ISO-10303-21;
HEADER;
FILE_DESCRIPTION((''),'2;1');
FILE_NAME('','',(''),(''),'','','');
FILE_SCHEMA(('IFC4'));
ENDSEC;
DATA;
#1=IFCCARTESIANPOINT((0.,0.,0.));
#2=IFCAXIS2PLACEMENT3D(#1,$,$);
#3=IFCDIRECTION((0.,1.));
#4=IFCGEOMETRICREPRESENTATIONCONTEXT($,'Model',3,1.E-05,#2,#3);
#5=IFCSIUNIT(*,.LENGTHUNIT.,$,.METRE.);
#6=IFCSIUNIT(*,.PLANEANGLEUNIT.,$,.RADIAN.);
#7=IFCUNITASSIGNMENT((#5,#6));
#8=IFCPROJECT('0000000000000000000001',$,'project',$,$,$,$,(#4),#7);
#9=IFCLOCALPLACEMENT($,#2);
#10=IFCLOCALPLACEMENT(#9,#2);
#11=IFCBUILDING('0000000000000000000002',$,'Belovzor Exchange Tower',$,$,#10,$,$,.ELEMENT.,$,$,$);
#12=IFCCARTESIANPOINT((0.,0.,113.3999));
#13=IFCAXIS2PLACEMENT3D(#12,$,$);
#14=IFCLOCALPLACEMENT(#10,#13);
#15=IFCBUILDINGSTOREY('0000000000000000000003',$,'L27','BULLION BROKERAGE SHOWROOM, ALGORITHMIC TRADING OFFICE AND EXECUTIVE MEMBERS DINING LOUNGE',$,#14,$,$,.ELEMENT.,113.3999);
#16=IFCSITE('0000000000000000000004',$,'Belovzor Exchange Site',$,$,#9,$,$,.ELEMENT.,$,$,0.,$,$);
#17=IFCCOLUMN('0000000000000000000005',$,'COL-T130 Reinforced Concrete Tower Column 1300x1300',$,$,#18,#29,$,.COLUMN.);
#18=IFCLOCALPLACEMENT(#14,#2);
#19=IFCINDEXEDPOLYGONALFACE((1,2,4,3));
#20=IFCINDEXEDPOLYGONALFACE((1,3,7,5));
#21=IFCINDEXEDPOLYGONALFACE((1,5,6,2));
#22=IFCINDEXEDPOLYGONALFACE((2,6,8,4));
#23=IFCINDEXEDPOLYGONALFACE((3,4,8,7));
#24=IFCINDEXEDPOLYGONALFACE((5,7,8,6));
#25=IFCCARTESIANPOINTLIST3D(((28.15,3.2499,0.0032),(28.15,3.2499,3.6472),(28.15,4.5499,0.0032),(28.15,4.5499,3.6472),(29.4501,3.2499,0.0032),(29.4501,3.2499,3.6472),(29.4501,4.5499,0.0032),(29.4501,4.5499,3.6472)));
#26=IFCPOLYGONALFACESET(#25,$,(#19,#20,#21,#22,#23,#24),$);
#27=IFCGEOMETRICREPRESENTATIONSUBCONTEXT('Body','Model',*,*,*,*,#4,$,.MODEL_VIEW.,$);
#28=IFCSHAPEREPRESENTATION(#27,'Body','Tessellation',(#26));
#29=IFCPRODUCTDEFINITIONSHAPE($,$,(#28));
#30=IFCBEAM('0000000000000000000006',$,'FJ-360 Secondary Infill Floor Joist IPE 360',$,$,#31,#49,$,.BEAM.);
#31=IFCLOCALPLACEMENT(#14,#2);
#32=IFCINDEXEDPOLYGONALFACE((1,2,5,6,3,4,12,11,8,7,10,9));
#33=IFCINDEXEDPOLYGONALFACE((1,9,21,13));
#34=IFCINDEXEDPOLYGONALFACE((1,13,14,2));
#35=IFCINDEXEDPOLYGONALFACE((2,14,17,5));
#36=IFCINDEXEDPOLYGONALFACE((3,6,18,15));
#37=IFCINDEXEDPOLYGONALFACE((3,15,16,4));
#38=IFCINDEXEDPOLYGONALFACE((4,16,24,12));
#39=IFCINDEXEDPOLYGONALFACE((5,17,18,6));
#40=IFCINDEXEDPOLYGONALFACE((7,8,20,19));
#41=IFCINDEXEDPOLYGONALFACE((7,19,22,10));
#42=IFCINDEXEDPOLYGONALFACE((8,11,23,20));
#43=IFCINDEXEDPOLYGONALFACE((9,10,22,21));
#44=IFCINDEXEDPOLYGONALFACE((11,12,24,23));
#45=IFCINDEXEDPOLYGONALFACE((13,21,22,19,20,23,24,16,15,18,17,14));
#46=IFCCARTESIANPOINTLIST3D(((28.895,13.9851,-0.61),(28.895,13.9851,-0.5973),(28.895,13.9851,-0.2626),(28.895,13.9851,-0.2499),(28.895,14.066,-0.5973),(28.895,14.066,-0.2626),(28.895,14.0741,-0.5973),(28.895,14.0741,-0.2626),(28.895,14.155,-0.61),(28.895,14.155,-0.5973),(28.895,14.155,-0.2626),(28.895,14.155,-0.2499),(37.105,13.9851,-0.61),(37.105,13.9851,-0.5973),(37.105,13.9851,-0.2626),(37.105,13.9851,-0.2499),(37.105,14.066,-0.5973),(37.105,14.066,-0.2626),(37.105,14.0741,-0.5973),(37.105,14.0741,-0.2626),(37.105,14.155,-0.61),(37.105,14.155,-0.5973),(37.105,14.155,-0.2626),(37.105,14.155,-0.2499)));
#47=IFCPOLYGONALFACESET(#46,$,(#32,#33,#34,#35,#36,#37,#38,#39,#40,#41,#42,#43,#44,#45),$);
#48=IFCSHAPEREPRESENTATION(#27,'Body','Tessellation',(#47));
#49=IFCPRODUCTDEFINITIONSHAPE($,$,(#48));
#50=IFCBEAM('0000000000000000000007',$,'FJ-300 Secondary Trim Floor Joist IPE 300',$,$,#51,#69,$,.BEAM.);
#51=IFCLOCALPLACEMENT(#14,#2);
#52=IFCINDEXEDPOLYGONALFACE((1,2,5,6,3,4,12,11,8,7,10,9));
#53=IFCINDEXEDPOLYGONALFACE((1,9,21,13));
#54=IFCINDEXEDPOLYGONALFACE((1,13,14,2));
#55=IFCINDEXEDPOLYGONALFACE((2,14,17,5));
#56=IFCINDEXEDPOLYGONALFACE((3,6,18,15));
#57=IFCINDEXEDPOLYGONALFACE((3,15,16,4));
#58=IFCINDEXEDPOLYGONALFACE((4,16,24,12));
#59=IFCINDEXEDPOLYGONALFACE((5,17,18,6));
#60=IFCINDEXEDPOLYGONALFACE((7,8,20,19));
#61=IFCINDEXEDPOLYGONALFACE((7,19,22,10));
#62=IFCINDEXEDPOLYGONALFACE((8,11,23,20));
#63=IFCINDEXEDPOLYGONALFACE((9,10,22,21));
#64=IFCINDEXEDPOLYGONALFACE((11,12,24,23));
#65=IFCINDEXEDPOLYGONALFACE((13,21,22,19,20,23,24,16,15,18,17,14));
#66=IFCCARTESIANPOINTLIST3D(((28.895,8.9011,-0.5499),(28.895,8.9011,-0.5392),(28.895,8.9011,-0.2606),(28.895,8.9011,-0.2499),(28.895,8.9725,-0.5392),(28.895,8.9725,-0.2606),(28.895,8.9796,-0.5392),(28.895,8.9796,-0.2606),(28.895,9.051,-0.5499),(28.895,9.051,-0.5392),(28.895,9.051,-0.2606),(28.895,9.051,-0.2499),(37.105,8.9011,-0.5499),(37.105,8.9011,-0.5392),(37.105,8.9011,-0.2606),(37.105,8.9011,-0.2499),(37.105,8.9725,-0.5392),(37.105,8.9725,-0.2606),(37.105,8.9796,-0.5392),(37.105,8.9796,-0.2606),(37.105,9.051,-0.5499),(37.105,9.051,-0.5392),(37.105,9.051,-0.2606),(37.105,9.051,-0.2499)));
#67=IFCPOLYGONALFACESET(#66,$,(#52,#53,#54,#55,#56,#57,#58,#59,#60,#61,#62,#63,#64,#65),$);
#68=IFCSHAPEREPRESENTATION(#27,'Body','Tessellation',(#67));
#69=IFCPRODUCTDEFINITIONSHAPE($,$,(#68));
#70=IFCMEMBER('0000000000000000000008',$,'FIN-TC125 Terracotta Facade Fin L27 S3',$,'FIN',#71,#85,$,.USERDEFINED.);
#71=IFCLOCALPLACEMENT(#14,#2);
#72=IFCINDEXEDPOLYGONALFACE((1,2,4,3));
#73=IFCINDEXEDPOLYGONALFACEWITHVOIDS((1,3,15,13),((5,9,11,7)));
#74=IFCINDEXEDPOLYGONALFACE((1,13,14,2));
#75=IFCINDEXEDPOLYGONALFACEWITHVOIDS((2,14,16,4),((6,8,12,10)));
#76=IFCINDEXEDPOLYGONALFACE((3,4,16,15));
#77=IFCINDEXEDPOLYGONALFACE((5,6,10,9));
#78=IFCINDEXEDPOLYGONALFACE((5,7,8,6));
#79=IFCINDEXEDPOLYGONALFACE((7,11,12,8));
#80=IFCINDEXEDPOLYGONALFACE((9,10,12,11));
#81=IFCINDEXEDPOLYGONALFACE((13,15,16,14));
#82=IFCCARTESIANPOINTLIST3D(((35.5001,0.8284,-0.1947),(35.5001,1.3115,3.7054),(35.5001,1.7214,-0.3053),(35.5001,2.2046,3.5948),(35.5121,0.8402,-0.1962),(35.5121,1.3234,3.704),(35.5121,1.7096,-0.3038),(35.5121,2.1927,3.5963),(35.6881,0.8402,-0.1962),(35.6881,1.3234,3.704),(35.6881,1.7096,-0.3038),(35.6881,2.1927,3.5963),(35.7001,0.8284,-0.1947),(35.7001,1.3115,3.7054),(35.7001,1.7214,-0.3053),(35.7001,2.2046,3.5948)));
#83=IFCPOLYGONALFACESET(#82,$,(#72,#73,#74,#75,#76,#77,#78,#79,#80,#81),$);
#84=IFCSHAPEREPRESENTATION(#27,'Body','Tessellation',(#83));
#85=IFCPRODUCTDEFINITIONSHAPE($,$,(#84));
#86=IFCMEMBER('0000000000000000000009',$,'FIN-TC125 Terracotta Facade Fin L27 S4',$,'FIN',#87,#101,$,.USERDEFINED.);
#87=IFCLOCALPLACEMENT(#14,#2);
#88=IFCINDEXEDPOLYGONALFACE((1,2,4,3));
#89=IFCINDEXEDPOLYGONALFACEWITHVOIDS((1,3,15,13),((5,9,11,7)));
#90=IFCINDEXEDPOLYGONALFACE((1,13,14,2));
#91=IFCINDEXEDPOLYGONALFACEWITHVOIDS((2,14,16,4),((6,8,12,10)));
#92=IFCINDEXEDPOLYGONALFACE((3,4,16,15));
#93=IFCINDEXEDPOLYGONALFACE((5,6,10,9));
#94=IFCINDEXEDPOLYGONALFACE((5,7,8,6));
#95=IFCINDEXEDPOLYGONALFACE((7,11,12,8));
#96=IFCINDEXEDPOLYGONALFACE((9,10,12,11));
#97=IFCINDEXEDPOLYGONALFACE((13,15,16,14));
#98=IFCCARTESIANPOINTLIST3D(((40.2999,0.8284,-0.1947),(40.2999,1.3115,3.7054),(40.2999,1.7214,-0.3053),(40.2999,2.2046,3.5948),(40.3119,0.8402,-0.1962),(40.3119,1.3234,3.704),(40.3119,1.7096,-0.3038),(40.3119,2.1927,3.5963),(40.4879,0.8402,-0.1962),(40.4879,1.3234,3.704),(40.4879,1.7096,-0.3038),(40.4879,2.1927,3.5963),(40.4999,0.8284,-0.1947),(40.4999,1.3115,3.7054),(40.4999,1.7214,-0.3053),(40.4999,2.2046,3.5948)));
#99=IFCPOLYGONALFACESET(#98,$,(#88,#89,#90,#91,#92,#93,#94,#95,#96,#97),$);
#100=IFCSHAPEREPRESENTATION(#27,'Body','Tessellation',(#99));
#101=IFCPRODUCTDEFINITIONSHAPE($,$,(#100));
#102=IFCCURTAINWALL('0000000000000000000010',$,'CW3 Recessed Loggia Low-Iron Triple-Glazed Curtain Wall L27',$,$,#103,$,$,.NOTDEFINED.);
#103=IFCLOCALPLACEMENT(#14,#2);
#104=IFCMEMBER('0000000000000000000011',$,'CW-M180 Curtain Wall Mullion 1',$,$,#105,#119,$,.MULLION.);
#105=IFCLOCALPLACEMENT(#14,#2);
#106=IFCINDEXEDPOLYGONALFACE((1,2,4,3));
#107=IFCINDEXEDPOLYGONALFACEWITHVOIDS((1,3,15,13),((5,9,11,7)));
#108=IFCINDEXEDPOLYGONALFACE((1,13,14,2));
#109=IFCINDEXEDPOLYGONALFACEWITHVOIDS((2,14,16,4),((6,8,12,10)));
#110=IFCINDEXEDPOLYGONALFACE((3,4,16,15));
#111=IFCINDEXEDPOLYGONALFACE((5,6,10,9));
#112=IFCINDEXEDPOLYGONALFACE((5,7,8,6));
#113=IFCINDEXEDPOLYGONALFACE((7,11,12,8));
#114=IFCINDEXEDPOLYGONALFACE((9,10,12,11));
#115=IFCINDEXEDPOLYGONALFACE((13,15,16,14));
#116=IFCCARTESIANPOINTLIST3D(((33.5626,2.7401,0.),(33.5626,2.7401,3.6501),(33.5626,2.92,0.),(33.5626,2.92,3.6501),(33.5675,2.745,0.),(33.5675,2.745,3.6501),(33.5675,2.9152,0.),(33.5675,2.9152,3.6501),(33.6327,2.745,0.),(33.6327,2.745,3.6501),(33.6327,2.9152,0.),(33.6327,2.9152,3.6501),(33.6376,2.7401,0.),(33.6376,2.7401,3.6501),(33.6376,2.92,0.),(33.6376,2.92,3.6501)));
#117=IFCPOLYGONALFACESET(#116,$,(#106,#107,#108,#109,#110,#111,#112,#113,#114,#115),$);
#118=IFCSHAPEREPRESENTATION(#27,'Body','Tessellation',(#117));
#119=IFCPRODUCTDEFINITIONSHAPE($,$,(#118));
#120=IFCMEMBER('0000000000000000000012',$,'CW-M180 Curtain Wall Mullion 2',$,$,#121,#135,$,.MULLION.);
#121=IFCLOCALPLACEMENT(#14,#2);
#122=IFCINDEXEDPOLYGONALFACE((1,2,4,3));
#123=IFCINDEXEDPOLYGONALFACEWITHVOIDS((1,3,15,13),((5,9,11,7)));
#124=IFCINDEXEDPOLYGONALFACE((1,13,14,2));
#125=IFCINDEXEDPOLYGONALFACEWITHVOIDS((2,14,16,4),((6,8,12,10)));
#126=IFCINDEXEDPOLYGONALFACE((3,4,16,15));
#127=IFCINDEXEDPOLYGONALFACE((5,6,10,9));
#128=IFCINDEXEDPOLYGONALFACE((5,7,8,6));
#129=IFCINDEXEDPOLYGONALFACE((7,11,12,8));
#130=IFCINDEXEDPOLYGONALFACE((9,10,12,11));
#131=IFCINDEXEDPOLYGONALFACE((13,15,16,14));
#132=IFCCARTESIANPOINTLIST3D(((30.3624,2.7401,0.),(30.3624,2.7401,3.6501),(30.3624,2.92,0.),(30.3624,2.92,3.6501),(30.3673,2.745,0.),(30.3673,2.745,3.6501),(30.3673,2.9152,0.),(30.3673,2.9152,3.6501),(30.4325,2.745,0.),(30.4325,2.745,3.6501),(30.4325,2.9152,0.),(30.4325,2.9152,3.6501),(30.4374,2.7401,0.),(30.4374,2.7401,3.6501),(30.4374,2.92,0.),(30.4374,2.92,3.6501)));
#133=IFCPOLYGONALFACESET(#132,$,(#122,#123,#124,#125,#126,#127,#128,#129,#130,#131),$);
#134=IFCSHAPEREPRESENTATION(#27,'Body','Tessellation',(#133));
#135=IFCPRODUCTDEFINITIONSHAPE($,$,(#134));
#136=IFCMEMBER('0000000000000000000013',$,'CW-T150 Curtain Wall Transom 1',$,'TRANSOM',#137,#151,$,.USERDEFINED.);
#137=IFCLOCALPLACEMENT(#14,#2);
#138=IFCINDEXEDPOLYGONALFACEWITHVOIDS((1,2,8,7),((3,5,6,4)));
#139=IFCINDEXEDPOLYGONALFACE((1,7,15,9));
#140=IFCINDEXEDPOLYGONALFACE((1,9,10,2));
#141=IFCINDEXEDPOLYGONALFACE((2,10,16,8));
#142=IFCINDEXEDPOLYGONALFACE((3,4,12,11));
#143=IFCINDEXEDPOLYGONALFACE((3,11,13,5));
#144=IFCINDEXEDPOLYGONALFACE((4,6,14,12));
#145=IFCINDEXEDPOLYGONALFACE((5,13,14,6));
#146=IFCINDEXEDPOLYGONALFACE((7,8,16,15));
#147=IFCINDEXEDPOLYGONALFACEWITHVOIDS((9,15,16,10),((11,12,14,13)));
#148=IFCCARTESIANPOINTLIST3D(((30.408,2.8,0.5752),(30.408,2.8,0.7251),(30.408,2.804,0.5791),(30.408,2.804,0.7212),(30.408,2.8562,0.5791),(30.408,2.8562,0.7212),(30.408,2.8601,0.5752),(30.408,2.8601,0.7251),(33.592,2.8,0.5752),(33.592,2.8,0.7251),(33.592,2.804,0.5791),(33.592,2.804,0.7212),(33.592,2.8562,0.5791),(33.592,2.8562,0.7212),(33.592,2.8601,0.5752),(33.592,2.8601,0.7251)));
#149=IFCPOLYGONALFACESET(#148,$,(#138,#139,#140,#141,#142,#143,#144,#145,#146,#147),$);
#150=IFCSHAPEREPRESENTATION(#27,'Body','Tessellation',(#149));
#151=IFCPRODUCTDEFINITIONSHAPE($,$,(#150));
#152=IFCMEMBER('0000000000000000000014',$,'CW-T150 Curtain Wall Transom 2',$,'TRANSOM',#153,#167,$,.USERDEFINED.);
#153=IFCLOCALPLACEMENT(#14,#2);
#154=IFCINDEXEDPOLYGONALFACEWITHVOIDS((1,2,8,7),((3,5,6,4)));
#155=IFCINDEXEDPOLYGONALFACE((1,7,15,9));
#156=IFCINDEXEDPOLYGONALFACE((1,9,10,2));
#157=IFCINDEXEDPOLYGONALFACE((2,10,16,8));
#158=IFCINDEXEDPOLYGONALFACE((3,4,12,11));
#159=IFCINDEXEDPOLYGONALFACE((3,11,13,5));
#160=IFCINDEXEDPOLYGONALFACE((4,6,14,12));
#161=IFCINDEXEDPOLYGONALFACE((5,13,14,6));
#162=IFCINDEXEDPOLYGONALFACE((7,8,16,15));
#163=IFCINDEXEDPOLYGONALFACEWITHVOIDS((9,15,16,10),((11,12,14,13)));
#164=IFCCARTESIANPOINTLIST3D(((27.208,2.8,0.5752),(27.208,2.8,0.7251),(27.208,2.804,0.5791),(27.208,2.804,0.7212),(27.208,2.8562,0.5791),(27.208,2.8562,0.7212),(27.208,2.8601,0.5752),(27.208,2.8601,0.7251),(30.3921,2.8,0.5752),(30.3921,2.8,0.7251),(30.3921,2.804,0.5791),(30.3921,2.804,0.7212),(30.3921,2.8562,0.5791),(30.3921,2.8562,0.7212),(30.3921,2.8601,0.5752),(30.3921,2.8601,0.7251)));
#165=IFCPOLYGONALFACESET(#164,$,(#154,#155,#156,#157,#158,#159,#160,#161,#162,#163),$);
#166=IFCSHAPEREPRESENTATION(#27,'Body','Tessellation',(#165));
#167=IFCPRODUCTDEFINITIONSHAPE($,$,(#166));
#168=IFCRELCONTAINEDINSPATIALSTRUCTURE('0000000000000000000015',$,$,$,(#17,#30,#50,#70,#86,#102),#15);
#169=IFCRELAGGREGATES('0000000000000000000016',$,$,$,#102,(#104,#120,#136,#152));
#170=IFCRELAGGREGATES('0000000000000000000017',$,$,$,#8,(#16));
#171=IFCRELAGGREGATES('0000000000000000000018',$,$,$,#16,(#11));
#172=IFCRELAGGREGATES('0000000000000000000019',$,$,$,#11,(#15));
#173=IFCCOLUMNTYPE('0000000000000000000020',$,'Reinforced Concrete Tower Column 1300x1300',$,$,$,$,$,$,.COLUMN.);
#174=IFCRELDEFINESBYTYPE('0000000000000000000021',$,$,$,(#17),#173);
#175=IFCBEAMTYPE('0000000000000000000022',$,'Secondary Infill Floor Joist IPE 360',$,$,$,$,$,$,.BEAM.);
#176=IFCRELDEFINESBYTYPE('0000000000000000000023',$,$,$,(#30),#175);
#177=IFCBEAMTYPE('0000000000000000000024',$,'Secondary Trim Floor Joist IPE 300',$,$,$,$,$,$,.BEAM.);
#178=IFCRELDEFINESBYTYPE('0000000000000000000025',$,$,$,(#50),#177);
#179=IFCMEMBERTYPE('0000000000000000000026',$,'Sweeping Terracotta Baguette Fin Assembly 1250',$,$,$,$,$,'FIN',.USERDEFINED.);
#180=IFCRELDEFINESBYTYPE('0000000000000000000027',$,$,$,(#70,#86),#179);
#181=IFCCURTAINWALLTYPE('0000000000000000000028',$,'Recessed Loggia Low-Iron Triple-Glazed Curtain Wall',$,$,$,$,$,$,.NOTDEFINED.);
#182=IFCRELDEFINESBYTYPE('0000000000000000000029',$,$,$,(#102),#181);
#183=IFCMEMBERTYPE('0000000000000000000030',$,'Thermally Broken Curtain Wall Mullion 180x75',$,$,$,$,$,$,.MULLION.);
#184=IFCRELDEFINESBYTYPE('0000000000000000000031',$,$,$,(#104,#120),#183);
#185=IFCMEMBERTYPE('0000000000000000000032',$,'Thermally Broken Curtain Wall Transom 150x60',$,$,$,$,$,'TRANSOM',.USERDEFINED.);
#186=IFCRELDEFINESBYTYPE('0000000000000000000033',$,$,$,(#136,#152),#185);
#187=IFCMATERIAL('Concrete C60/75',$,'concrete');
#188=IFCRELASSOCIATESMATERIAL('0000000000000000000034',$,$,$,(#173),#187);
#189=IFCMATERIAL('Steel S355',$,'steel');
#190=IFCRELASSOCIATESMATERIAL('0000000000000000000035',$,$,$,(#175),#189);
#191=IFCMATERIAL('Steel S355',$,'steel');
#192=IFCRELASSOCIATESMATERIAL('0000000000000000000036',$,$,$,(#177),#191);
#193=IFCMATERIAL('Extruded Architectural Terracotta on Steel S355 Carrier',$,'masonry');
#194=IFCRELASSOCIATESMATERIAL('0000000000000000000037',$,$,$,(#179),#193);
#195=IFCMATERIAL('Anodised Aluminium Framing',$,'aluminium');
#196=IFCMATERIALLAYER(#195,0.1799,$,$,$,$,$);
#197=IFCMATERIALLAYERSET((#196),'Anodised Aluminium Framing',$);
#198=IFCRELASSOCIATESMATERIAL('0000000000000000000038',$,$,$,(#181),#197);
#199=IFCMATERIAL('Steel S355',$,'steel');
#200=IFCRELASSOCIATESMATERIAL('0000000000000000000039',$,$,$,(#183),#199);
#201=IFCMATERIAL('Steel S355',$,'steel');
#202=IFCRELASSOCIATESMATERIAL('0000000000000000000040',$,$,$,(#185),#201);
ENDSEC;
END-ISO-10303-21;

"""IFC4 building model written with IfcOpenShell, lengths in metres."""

from ifc_helpers import new_model, si_unit, direction, frame, origin, origin_2d, place, context, subcontext, project, spatial, rectangle, hollow_rectangle, i_section, extrude, material, layer, layer_set, material_profile, profile_set, type_object, element, aggregate, save


model = new_model("IFC4")

# Units and contexts
model_context = context("Model", 3, precision=1e-05, world=origin(), true_north=direction((0.0, 1.0)))
body_context = subcontext(model_context, "Body", "Model", "MODEL_VIEW")
ifc_project = project(units=[si_unit("LENGTHUNIT", "METRE"), si_unit("PLANEANGLEUNIT", "RADIAN")], contexts=[model_context])

# Site, building, storey
site_placement = place(None, origin())
site = spatial("IfcSite", under=ifc_project, at=site_placement, Name="Belovzor Exchange Site", CompositionType="ELEMENT", RefElevation=0.0)
building_placement = place(site_placement, origin())
building = spatial("IfcBuilding", under=site, at=building_placement, Name="Belovzor Exchange Tower", CompositionType="ELEMENT")
storey_placement = place(building_placement, frame((0.0, 0.0, 113.3999)))
storey = spatial("IfcBuildingStorey", under=building, at=storey_placement, Name="L27", Description="BULLION BROKERAGE SHOWROOM, ALGORITHMIC TRADING OFFICE AND EXECUTIVE MEMBERS DINING LOUNGE", CompositionType="ELEMENT", Elevation=113.3999)

# Column
ifc_material_1 = material(Name="Concrete C60/75", Category="concrete")
ifc_material_profile_1 = material_profile(ifc_material_1, rectangle(XDim=1.3, YDim=1.3, at=origin_2d()))
ifc_profile_set_1 = profile_set([ifc_material_profile_1], Name="Concrete C60/75")
column_type = type_object("IfcColumnType", Name="Reinforced Concrete Tower Column 1300x1300", PredefinedType="COLUMN", material=ifc_profile_set_1)
column_placement = place(storey_placement, frame((28.8, 3.8999, 0.0032), z_axis=(0.0, 0.0, 1.0), x_axis=(1.0, 0.0, 0.0)))
element("IfcColumn", 1, at=column_placement, inside=storey, type_object=column_type, Name="COL-T130 Reinforced Concrete Tower Column 1300x1300", PredefinedType="COLUMN", context=body_context, shape_type="SweptSolid", body=[
    extrude(rectangle(XDim=1.3, YDim=1.3, at=origin_2d()), origin(), (0.0, 0.0, 1.0), 3.644),
])

# Beams
ifc_material_2 = material(Name="Steel S355", Category="steel")
ifc_material_profile_2 = material_profile(ifc_material_2, i_section(OverallWidth=0.1699, OverallDepth=0.3601, WebThickness=0.0081, FlangeThickness=0.0127, at=origin_2d()))
ifc_profile_set_2 = profile_set([ifc_material_profile_2], Name="Steel S355")
beam_type_1 = type_object("IfcBeamType", Name="Secondary Infill Floor Joist IPE 360", PredefinedType="BEAM", material=ifc_profile_set_2)
beam_1_placement = place(storey_placement, frame((28.895, 14.0701, -0.4299), z_axis=(1.0, 0.0, 0.0), x_axis=(0.0, 1.0, 0.0)))
element("IfcBeam", 2, at=beam_1_placement, inside=storey, type_object=beam_type_1, Name="FJ-360 Secondary Infill Floor Joist IPE 360", PredefinedType="BEAM", context=body_context, shape_type="SweptSolid", body=[
    extrude(i_section(OverallWidth=0.1699, OverallDepth=0.3601, WebThickness=0.0081, FlangeThickness=0.0127, at=origin_2d()), origin(), (0.0, 0.0, 1.0), 8.21),
])
ifc_material_3 = material(Name="Steel S355", Category="steel")
ifc_material_profile_3 = material_profile(ifc_material_3, i_section(OverallWidth=0.1499, OverallDepth=0.3, WebThickness=0.0071, FlangeThickness=0.0107, at=origin_2d()))
ifc_profile_set_3 = profile_set([ifc_material_profile_3], Name="Steel S355")
beam_type_2 = type_object("IfcBeamType", Name="Secondary Trim Floor Joist IPE 300", PredefinedType="BEAM", material=ifc_profile_set_3)
beam_2_placement = place(storey_placement, frame((28.895, 8.9761, -0.3999), z_axis=(1.0, 0.0, 0.0), x_axis=(0.0, 1.0, 0.0)))
element("IfcBeam", 3, at=beam_2_placement, inside=storey, type_object=beam_type_2, Name="FJ-300 Secondary Trim Floor Joist IPE 300", PredefinedType="BEAM", context=body_context, shape_type="SweptSolid", body=[
    extrude(i_section(OverallWidth=0.1499, OverallDepth=0.3, WebThickness=0.0071, FlangeThickness=0.0107, at=origin_2d()), origin(), (0.0, 0.0, 1.0), 8.21),
])

# Members
ifc_material_4 = material(Name="Extruded Architectural Terracotta on Steel S355 Carrier", Category="masonry")
ifc_material_profile_4 = material_profile(ifc_material_4, hollow_rectangle(XDim=0.2, YDim=0.8999, WallThickness=0.012, at=origin_2d()))
ifc_profile_set_4 = profile_set([ifc_material_profile_4], Name="Extruded Architectural Terracotta on Steel S355 Carrier")
member_type_1 = type_object("IfcMemberType", Name="Sweeping Terracotta Baguette Fin Assembly 1250", ElementType="FIN", PredefinedType="USERDEFINED", material=ifc_profile_set_4)
for number, where, z_axis, x_axis, name in (
    (4, (35.6001, 1.2749, -0.25), (0.0, 0.122941, 0.992414), (-1.0, 0.0, 0.0), "FIN-TC125 Terracotta Facade Fin L27 S3"),
    (5, (40.3999, 1.2749, -0.25), (0.0, 0.122941, 0.992414), (-1.0, 0.0, 0.0), "FIN-TC125 Terracotta Facade Fin L27 S4"),
):
    element("IfcMember", number, at=place(storey_placement, frame(where, z_axis=z_axis, x_axis=x_axis)), inside=storey, type_object=member_type_1, Name=name, ObjectType="FIN", PredefinedType="USERDEFINED", context=body_context, shape_type="SweptSolid", body=[
        extrude(hollow_rectangle(XDim=0.2, YDim=0.8999, WallThickness=0.012, at=origin_2d()), origin(), (0.0, 0.0, 1.0), 3.9299),
    ])

# Curtain wall, members
ifc_material_5 = material(Name="Anodised Aluminium Framing", Category="aluminium")
ifc_layer_1 = layer(ifc_material_5, 0.1799)
ifc_layer_set_1 = layer_set([ifc_layer_1], Name="Anodised Aluminium Framing")
curtain_wall_type = type_object("IfcCurtainWallType", Name="Recessed Loggia Low-Iron Triple-Glazed Curtain Wall", PredefinedType="NOTDEFINED", material=ifc_layer_set_1)
curtain_wall_placement = place(storey_placement, origin())
curtain_wall = element("IfcCurtainWall", 6, at=curtain_wall_placement, inside=storey, type_object=curtain_wall_type, Name="CW3 Recessed Loggia Low-Iron Triple-Glazed Curtain Wall L27", PredefinedType="NOTDEFINED")
ifc_material_6 = material(Name="Steel S355", Category="steel")
ifc_material_profile_5 = material_profile(ifc_material_6, hollow_rectangle(XDim=0.075, YDim=0.1799, WallThickness=0.0049, at=origin_2d()))
ifc_profile_set_5 = profile_set([ifc_material_profile_5], Name="Steel S355")
member_type_2 = type_object("IfcMemberType", Name="Thermally Broken Curtain Wall Mullion 180x75", PredefinedType="MULLION", material=ifc_profile_set_5)
member_1_placement = place(storey_placement, frame((33.6001, 2.8301, 0.0), z_axis=(0.0, 0.0, 1.0), x_axis=(-1.0, 0.0, 0.0)))
member_1 = element("IfcMember", 7, at=member_1_placement, type_object=member_type_2, Name="CW-M180 Curtain Wall Mullion 1", PredefinedType="MULLION", context=body_context, shape_type="SweptSolid", body=[
    extrude(hollow_rectangle(XDim=0.075, YDim=0.1799, WallThickness=0.0049, at=origin_2d()), origin(), (0.0, 0.0, 1.0), 3.6501),
])
member_2_placement = place(storey_placement, frame((30.3999, 2.8301, 0.0), z_axis=(0.0, 0.0, 1.0), x_axis=(-1.0, 0.0, 0.0)))
member_2 = element("IfcMember", 8, at=member_2_placement, type_object=member_type_2, Name="CW-M180 Curtain Wall Mullion 2", PredefinedType="MULLION", context=body_context, shape_type="SweptSolid", body=[
    extrude(hollow_rectangle(XDim=0.075, YDim=0.1799, WallThickness=0.0049, at=origin_2d()), origin(), (0.0, 0.0, 1.0), 3.6501),
])
ifc_material_7 = material(Name="Steel S355", Category="steel")
ifc_material_profile_6 = material_profile(ifc_material_7, hollow_rectangle(XDim=0.0601, YDim=0.1499, WallThickness=0.0039, at=origin_2d()))
ifc_profile_set_6 = profile_set([ifc_material_profile_6], Name="Steel S355")
member_type_3 = type_object("IfcMemberType", Name="Thermally Broken Curtain Wall Transom 150x60", ElementType="TRANSOM", PredefinedType="USERDEFINED", material=ifc_profile_set_6)
member_3_placement = place(storey_placement, frame((33.592, 2.8301, 0.6501), z_axis=(-1.0, 0.0, 0.0), x_axis=(0.0, -1.0, 0.0)))
member_3 = element("IfcMember", 9, at=member_3_placement, type_object=member_type_3, Name="CW-T150 Curtain Wall Transom 1", ObjectType="TRANSOM", PredefinedType="USERDEFINED", context=body_context, shape_type="SweptSolid", body=[
    extrude(hollow_rectangle(XDim=0.0601, YDim=0.1499, WallThickness=0.0039, at=origin_2d()), origin(), (0.0, 0.0, 1.0), 3.1841),
])
member_4_placement = place(storey_placement, frame((30.3921, 2.8301, 0.6501), z_axis=(-1.0, 0.0, 0.0), x_axis=(0.0, -1.0, 0.0)))
member_4 = element("IfcMember", 10, at=member_4_placement, type_object=member_type_3, Name="CW-T150 Curtain Wall Transom 2", ObjectType="TRANSOM", PredefinedType="USERDEFINED", context=body_context, shape_type="SweptSolid", body=[
    extrude(hollow_rectangle(XDim=0.0601, YDim=0.1499, WallThickness=0.0039, at=origin_2d()), origin(), (0.0, 0.0, 1.0), 3.1841),
])

aggregate(curtain_wall, [member_1, member_2, member_3, member_4])

save(model, "model.ifc")
